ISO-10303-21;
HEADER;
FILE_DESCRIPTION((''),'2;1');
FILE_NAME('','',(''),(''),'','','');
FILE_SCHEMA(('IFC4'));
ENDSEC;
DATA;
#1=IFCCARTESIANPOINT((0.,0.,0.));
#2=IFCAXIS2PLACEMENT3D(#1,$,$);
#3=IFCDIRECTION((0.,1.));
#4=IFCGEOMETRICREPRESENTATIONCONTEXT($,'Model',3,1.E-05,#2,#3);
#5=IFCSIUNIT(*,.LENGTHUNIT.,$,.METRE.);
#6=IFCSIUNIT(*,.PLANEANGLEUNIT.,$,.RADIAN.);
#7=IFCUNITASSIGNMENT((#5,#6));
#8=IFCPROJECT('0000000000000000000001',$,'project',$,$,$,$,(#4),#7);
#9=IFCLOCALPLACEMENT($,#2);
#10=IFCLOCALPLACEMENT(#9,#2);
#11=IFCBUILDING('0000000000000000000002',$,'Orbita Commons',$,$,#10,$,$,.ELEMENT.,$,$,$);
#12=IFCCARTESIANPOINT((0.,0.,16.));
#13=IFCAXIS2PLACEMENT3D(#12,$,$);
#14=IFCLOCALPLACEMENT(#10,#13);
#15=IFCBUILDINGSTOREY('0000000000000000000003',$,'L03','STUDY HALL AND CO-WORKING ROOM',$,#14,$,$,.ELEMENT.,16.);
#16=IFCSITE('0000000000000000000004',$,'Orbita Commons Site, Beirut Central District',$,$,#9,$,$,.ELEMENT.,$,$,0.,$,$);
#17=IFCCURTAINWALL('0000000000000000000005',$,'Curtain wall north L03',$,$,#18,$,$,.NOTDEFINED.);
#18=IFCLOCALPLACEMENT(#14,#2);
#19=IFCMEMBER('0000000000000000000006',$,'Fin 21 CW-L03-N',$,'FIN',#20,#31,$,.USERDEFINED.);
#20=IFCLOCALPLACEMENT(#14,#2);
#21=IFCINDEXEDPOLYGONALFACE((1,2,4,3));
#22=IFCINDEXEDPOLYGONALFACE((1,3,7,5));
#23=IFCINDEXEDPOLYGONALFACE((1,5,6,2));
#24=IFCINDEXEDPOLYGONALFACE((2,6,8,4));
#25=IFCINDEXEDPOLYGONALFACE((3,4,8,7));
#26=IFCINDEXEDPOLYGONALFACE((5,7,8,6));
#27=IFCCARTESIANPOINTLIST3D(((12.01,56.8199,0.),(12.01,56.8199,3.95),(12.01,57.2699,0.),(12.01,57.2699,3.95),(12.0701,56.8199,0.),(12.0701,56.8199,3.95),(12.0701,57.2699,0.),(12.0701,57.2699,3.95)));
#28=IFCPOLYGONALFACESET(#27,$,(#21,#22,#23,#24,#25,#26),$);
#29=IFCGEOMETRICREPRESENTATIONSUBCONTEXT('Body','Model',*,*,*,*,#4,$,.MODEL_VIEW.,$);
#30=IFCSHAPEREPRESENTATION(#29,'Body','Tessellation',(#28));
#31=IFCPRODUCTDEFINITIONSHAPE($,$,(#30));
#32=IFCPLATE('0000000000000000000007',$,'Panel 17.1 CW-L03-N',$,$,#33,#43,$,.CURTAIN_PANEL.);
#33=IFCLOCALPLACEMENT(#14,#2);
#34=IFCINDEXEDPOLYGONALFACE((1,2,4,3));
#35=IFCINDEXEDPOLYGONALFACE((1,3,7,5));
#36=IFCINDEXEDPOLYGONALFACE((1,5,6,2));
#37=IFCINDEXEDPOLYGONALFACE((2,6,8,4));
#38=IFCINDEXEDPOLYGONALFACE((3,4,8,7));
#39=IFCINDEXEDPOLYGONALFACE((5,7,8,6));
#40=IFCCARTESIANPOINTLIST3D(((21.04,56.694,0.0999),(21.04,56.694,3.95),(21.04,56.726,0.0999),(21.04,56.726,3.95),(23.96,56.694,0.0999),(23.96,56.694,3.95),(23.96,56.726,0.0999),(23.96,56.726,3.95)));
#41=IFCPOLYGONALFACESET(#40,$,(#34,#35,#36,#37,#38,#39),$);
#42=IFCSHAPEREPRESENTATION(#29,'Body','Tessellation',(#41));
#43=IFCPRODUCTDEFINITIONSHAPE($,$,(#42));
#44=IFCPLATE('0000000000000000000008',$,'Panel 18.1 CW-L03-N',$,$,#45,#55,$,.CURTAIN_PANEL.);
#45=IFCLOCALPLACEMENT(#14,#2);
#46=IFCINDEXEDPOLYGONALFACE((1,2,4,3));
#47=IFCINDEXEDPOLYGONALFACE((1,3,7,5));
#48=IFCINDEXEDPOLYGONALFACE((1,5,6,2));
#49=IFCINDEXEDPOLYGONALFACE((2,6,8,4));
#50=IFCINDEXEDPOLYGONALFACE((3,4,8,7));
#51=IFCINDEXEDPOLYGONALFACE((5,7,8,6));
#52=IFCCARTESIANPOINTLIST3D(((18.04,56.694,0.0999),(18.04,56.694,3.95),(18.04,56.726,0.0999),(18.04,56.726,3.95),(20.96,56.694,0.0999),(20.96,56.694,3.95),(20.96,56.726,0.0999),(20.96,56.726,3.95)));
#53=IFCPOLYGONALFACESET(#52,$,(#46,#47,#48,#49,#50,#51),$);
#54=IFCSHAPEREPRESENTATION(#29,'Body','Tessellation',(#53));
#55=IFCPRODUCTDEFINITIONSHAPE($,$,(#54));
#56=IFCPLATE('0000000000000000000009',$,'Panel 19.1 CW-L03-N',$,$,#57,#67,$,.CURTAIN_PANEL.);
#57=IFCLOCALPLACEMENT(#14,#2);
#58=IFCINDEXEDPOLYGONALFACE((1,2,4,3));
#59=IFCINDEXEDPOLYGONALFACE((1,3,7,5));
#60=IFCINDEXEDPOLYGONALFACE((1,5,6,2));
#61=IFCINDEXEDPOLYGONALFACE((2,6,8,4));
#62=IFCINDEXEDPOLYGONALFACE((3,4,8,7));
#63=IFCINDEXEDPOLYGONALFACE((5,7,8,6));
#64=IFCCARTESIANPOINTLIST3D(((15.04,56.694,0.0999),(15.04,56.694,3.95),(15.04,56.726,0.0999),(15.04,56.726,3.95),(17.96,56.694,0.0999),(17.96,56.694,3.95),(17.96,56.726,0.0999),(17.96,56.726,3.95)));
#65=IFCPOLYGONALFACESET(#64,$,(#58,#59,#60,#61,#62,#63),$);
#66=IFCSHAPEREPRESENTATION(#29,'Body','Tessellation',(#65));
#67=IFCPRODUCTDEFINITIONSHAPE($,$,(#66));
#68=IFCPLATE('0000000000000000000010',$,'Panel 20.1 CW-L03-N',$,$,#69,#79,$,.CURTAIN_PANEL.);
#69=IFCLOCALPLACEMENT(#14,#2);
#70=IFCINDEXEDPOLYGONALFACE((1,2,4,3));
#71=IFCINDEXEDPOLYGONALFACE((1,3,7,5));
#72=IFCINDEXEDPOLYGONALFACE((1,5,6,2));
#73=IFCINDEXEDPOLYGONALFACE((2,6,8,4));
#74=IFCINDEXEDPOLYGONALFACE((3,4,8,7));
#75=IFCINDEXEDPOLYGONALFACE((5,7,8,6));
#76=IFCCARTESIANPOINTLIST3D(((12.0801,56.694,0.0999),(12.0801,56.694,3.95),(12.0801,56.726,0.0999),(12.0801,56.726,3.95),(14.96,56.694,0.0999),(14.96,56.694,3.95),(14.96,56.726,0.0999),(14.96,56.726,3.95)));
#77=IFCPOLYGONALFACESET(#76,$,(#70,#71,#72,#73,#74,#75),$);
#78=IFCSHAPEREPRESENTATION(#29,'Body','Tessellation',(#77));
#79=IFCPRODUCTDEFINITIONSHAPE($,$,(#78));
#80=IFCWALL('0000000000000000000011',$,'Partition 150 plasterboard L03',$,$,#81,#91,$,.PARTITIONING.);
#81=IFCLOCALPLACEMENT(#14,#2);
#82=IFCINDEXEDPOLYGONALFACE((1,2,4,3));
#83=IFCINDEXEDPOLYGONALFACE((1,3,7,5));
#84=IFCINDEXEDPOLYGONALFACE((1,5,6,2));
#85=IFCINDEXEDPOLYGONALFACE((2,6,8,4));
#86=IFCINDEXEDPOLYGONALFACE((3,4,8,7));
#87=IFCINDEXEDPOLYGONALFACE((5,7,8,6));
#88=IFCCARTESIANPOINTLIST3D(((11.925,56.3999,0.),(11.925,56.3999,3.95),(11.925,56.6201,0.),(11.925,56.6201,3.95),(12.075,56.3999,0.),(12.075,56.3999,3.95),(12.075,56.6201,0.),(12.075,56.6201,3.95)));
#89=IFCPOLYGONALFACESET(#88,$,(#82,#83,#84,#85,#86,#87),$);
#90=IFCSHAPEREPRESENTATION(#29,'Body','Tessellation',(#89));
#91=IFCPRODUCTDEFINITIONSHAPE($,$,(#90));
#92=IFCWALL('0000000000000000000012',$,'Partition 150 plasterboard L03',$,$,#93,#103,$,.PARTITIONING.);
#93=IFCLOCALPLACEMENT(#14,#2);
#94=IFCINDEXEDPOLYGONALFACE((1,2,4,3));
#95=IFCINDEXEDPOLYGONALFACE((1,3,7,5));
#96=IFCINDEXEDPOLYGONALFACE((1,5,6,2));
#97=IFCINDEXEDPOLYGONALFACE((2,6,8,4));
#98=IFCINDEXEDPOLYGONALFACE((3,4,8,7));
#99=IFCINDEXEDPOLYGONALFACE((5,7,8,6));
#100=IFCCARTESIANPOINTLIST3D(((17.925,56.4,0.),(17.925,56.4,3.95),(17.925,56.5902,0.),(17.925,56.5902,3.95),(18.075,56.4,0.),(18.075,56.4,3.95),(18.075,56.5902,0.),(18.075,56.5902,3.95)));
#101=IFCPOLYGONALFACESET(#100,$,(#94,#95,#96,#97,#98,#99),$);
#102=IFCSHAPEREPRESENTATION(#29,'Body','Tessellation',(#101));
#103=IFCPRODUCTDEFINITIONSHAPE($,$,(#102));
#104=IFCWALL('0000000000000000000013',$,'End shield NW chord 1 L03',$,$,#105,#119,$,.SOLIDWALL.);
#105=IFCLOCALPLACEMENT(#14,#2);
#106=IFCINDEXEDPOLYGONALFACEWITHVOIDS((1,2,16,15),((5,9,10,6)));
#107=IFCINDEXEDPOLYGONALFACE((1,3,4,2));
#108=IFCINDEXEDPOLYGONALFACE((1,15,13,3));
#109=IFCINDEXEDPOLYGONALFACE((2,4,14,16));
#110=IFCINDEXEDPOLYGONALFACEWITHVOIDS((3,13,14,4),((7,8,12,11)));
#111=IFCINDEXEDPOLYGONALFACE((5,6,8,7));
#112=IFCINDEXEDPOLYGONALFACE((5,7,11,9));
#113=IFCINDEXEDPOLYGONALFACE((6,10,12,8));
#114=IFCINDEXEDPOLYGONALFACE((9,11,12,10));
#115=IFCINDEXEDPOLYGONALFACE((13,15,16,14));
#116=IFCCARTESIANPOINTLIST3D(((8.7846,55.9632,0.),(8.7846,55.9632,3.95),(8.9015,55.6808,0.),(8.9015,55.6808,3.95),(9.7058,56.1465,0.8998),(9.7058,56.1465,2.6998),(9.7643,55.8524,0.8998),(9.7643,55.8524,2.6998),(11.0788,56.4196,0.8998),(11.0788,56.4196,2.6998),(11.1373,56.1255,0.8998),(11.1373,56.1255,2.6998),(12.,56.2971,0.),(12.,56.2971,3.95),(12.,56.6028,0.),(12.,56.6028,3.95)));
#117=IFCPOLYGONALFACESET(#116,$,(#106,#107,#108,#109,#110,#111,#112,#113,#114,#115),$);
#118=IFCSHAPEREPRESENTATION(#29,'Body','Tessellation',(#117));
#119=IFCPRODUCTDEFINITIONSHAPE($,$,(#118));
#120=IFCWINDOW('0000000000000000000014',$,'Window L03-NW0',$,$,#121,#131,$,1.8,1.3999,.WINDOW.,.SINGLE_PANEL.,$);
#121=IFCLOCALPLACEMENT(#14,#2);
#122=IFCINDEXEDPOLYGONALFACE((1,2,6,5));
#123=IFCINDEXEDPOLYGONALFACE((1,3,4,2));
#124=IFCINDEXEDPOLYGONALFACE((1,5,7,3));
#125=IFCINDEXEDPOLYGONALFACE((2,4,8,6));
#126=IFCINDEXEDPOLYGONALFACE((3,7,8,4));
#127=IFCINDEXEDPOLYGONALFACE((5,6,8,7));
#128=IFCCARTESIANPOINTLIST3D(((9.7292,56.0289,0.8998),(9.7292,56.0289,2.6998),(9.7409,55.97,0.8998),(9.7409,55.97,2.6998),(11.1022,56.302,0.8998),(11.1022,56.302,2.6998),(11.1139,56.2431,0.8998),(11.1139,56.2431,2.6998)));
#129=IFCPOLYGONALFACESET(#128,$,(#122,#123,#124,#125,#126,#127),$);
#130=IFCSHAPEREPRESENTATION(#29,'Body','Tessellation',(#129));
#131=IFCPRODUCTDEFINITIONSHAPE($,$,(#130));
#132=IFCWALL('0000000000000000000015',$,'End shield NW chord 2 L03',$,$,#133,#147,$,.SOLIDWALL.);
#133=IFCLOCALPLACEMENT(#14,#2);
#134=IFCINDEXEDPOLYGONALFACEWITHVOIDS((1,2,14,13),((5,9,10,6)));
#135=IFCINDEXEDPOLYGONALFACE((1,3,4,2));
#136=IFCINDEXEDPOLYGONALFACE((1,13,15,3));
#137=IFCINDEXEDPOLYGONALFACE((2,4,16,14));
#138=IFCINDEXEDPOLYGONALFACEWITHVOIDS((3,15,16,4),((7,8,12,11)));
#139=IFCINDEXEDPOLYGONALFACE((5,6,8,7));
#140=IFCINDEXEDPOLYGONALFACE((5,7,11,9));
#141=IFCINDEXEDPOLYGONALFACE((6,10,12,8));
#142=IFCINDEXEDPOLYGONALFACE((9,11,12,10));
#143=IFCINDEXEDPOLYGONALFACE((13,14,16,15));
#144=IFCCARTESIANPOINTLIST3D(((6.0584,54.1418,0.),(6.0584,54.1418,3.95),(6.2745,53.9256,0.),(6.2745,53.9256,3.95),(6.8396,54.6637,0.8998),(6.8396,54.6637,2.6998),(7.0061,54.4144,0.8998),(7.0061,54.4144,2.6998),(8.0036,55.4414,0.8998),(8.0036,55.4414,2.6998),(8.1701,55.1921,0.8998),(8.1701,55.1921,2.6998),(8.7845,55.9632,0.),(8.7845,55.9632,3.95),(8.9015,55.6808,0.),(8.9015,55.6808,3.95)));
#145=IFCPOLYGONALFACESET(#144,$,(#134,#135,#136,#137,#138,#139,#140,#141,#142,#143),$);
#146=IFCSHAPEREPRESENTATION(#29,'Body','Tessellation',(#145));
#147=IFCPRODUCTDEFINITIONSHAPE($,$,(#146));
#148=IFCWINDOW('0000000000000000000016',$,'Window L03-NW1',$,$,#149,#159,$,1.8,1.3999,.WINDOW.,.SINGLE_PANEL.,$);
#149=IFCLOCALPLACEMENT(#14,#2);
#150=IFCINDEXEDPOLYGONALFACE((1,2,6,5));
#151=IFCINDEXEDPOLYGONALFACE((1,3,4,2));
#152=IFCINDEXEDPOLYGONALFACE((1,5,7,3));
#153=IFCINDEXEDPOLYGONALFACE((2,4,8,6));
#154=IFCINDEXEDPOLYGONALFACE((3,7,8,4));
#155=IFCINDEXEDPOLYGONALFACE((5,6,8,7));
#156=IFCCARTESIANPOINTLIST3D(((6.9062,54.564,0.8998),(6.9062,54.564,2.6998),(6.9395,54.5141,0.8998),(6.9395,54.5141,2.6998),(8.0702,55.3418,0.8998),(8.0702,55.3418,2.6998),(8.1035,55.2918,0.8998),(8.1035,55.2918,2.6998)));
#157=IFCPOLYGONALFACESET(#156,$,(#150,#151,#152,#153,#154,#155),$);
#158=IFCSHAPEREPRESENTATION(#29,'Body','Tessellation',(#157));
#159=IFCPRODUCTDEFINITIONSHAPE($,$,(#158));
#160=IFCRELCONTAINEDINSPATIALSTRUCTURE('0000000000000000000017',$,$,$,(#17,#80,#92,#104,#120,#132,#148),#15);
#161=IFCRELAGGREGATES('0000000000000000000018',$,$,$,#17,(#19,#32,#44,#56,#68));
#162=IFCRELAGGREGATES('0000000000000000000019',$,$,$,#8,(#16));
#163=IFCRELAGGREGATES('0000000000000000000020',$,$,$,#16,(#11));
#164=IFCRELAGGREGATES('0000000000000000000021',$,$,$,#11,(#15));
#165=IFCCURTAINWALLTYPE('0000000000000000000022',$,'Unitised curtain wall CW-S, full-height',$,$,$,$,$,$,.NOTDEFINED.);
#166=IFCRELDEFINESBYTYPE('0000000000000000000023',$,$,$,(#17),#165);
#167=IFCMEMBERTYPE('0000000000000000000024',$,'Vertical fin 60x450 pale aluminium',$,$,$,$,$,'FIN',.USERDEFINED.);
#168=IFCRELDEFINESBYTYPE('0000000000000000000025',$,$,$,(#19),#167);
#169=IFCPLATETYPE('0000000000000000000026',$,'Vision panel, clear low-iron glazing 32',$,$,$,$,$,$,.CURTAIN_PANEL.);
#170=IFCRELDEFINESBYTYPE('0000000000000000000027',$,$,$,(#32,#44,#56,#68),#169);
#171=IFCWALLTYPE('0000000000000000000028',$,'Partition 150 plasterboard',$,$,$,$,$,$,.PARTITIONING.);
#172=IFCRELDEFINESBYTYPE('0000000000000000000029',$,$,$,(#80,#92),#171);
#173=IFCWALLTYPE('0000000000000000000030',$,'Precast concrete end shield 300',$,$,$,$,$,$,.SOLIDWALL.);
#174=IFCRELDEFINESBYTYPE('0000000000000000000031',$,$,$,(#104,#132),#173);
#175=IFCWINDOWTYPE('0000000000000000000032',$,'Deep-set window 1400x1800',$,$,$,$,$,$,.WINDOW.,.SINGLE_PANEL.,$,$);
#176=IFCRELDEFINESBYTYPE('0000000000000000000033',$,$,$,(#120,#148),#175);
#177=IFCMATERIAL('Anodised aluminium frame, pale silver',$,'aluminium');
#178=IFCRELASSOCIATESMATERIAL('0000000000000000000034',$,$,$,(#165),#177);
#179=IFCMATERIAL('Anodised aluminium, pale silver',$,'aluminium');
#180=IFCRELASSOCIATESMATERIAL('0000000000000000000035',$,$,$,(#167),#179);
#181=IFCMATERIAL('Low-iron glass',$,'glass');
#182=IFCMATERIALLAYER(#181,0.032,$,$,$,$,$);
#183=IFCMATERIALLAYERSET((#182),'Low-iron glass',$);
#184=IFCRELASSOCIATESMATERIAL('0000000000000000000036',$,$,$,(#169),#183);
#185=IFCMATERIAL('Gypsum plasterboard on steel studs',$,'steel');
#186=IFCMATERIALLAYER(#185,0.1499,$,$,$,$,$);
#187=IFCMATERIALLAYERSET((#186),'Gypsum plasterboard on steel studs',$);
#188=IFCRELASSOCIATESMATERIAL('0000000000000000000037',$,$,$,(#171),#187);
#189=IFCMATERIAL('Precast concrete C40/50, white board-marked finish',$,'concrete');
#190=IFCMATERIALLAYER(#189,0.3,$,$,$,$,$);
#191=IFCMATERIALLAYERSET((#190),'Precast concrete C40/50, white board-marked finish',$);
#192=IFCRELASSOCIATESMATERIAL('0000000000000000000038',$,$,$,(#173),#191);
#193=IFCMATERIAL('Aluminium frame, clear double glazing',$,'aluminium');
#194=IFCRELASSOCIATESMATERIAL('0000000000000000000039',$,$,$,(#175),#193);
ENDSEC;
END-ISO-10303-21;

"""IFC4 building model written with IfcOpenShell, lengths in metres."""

from ifc_helpers import new_model, si_unit, direction, frame, frame_2d, origin, origin_2d, place, context, subcontext, project, spatial, polyline, rectangle, outline, extrude, material, layer, layer_set, material_profile, profile_set, type_object, element, fill, aggregate, save


model = new_model("IFC4")

# Units and contexts
model_context = context("Model", 3, precision=1e-05, world=origin(), true_north=direction((0.0, 1.0)))
body_context = subcontext(model_context, "Body", "Model", "MODEL_VIEW")
ifc_project = project(units=[si_unit("LENGTHUNIT", "METRE"), si_unit("PLANEANGLEUNIT", "RADIAN")], contexts=[model_context])

# Site, building, storey
site_placement = place(None, origin())
site = spatial("IfcSite", under=ifc_project, at=site_placement, Name="Orbita Commons Site, Beirut Central District", CompositionType="ELEMENT", RefElevation=0.0)
building_placement = place(site_placement, origin())
building = spatial("IfcBuilding", under=site, at=building_placement, Name="Orbita Commons", CompositionType="ELEMENT")
storey_placement = place(building_placement, frame((0.0, 0.0, 16.0)))
storey = spatial("IfcBuildingStorey", under=building, at=storey_placement, Name="L03", Description="STUDY HALL AND CO-WORKING ROOM", CompositionType="ELEMENT", Elevation=16.0)

# Curtain wall
ifc_material_1 = material(Name="Anodised aluminium frame, pale silver", Category="aluminium")
curtain_wall_type = type_object("IfcCurtainWallType", Name="Unitised curtain wall CW-S, full-height", PredefinedType="NOTDEFINED", material=ifc_material_1)
curtain_wall_placement = place(storey_placement, origin())
curtain_wall = element("IfcCurtainWall", 1, at=curtain_wall_placement, inside=storey, type_object=curtain_wall_type, Name="Curtain wall north L03", PredefinedType="NOTDEFINED")

# Member
ifc_material_2 = material(Name="Anodised aluminium, pale silver", Category="aluminium")
ifc_material_profile_1 = material_profile(ifc_material_2, rectangle(XDim=0.0601, YDim=0.45, at=origin_2d()), Name="FIN 60x450")
ifc_profile_set_1 = profile_set([ifc_material_profile_1], Name="Anodised aluminium, pale silver")
member_type_1 = type_object("IfcMemberType", Name="Vertical fin 60x450 pale aluminium", ElementType="FIN", PredefinedType="USERDEFINED", material=ifc_profile_set_1)
member_1_placement = place(storey_placement, frame((12.04, 57.0449, 0.0), z_axis=(0.0, 0.0, 1.0), x_axis=(-1.0, 0.0, 0.0)))
member_1 = element("IfcMember", 2, at=member_1_placement, type_object=member_type_1, Name="Fin 21 CW-L03-N", ObjectType="FIN", PredefinedType="USERDEFINED", context=body_context, shape_type="SweptSolid", body=[
    extrude(rectangle(XDim=0.0601, YDim=0.45, at=origin_2d()), origin(), (0.0, 0.0, 1.0), 3.95),
])

# Plates
ifc_material_3 = material(Name="Low-iron glass", Category="glass")
ifc_layer_1 = layer(ifc_material_3, 0.032)
ifc_layer_set_1 = layer_set([ifc_layer_1], Name="Low-iron glass")
plate_type = type_object("IfcPlateType", Name="Vision panel, clear low-iron glazing 32", PredefinedType="CURTAIN_PANEL", material=ifc_layer_set_1)
plate_1_placement = place(storey_placement, frame((22.5, 56.71, 0.0999), z_axis=(0.0, 0.0, 1.0), x_axis=(-1.0, 0.0, 0.0)))
plate_1 = element("IfcPlate", 3, at=plate_1_placement, type_object=plate_type, Name="Panel 17.1 CW-L03-N", PredefinedType="CURTAIN_PANEL", context=body_context, shape_type="SweptSolid", body=[
    extrude(rectangle(XDim=2.9199, YDim=0.032, at=origin_2d()), origin(), (0.0, 0.0, 1.0), 3.8501),
])
plate_2_placement = place(storey_placement, frame((19.5, 56.71, 0.0999), z_axis=(0.0, 0.0, 1.0), x_axis=(-1.0, 0.0, 0.0)))
plate_2 = element("IfcPlate", 4, at=plate_2_placement, type_object=plate_type, Name="Panel 18.1 CW-L03-N", PredefinedType="CURTAIN_PANEL", context=body_context, shape_type="SweptSolid", body=[
    extrude(rectangle(XDim=2.9199, YDim=0.032, at=origin_2d()), origin(), (0.0, 0.0, 1.0), 3.8501),
])
plate_3_placement = place(storey_placement, frame((16.5, 56.71, 0.0999), z_axis=(0.0, 0.0, 1.0), x_axis=(-1.0, 0.0, 0.0)))
plate_3 = element("IfcPlate", 5, at=plate_3_placement, type_object=plate_type, Name="Panel 19.1 CW-L03-N", PredefinedType="CURTAIN_PANEL", context=body_context, shape_type="SweptSolid", body=[
    extrude(rectangle(XDim=2.9199, YDim=0.032, at=origin_2d()), origin(), (0.0, 0.0, 1.0), 3.8501),
])
plate_4_placement = place(storey_placement, frame((13.52, 56.71, 0.0999), z_axis=(0.0, 0.0, 1.0), x_axis=(-1.0, 0.0, 0.0)))
plate_4 = element("IfcPlate", 6, at=plate_4_placement, type_object=plate_type, Name="Panel 20.1 CW-L03-N", PredefinedType="CURTAIN_PANEL", context=body_context, shape_type="SweptSolid", body=[
    extrude(rectangle(XDim=2.8799, YDim=0.032, at=origin_2d()), origin(), (0.0, 0.0, 1.0), 3.8501),
])
aggregate(curtain_wall, [member_1, plate_1, plate_2, plate_3, plate_4])

# Walls
ifc_material_4 = material(Name="Gypsum plasterboard on steel studs", Category="steel")
ifc_layer_2 = layer(ifc_material_4, 0.1499)
ifc_layer_set_2 = layer_set([ifc_layer_2], Name="Gypsum plasterboard on steel studs")
wall_type_1 = type_object("IfcWallType", Name="Partition 150 plasterboard", PredefinedType="PARTITIONING", material=ifc_layer_set_2)
wall_1_placement = place(storey_placement, frame((12.0, 56.3999, 0.0), z_axis=(0.0, 0.0, 1.0), x_axis=(0.0, 1.0, 0.0)))
element("IfcWall", 7, at=wall_1_placement, inside=storey, type_object=wall_type_1, Name="Partition 150 plasterboard L03", PredefinedType="PARTITIONING", context=body_context, shape_type="SweptSolid", body=[
    extrude(rectangle(XDim=0.2202, YDim=0.1499, at=frame_2d((0.1101, 0.0))), origin(), (0.0, 0.0, 1.0), 3.95),
])
wall_2_placement = place(storey_placement, frame((18.0, 56.3999, 0.0), z_axis=(0.0, 0.0, 1.0), x_axis=(0.0, 1.0, 0.0)))
element("IfcWall", 8, at=wall_2_placement, inside=storey, type_object=wall_type_1, Name="Partition 150 plasterboard L03", PredefinedType="PARTITIONING", context=body_context, shape_type="SweptSolid", body=[
    extrude(rectangle(XDim=0.1902, YDim=0.1499, at=frame_2d((0.0952, 0.0))), origin(), (0.0, 0.0, 1.0), 3.95),
])

# Walls, openings, windows
ifc_material_5 = material(Name="Precast concrete C40/50, white board-marked finish", Category="concrete")
ifc_layer_3 = layer(ifc_material_5, 0.3)
ifc_layer_set_3 = layer_set([ifc_layer_3], Name="Precast concrete C40/50, white board-marked finish")
wall_type_2 = type_object("IfcWallType", Name="Precast concrete end shield 300", PredefinedType="SOLIDWALL", material=ifc_layer_set_3)
wall_3_placement = place(storey_placement, frame((12.0, 56.45, 0.0), z_axis=(0.0, 0.0, 1.0), x_axis=(-0.980787, -0.19508, 0.0)))
wall_3 = element("IfcWall", 9, at=wall_3_placement, inside=storey, type_object=wall_type_2, Name="End shield NW chord 1 L03", PredefinedType="SOLIDWALL", context=body_context, shape_type="SweptSolid", body=[
    extrude(outline(polyline([(-0.0298, -0.1499), (3.2485, -0.1499), (3.189, 0.1499), (0.0298, 0.1499), (-0.0298, -0.1499)])), origin(), (0.0, 0.0, 1.0), 3.95),
])
opening_1_placement = place(wall_3_placement, frame((0.9094, 0.0, 0.8999)))
opening_1 = element("IfcOpeningElement", 10, at=opening_1_placement, cuts=wall_3, PredefinedType="OPENING", context=body_context, shape_type="SweptSolid", body=[
    extrude(rectangle(XDim=1.3999, YDim=1.8, at=frame_2d((0.7, 0.8999))), frame((0.0, 0.1599, 0.0), z_axis=(0.0, -1.0, 0.0), x_axis=(1.0, 0.0, 0.0)), (0.0, 0.0, 1.0), 0.3201),
])
ifc_material_6 = material(Name="Aluminium frame, clear double glazing", Category="aluminium")
window_type = type_object("IfcWindowType", Name="Deep-set window 1400x1800", PartitioningType="SINGLE_PANEL", PredefinedType="WINDOW", material=ifc_material_6)
window_1_placement = place(opening_1_placement, origin())
window_1 = element("IfcWindow", 11, at=window_1_placement, inside=storey, type_object=window_type, Name="Window L03-NW0", OverallHeight=1.8, OverallWidth=1.3999, PartitioningType="SINGLE_PANEL", PredefinedType="WINDOW", context=body_context, shape_type="SweptSolid", body=[
    extrude(rectangle(XDim=1.3999, YDim=1.8, at=frame_2d((0.7, 0.8999))), frame((0.0, 0.03, 0.0), z_axis=(0.0, -1.0, 0.0), x_axis=(1.0, 0.0, 0.0)), (0.0, 0.0, 1.0), 0.0601),
])
fill(opening_1, window_1)
wall_4_placement = place(storey_placement, frame((8.843, 55.822, 0.0), z_axis=(0.0, 0.0, 1.0), x_axis=(-0.831478, -0.555558, 0.0)))
wall_4 = element("IfcWall", 12, at=wall_4_placement, inside=storey, type_object=wall_type_2, Name="End shield NW chord 2 L03", PredefinedType="SOLIDWALL", context=body_context, shape_type="SweptSolid", body=[
    extrude(outline(polyline([(-0.0298, -0.1499), (3.2488, -0.1499), (3.1892, 0.1499), (0.0298, 0.1499), (-0.0298, -0.1499)])), origin(), (0.0, 0.0, 1.0), 3.95),
])
opening_2_placement = place(wall_4_placement, frame((0.9094, 0.0, 0.8999)))
opening_2 = element("IfcOpeningElement", 13, at=opening_2_placement, cuts=wall_4, PredefinedType="OPENING", context=body_context, shape_type="SweptSolid", body=[
    extrude(rectangle(XDim=1.3999, YDim=1.8, at=frame_2d((0.7, 0.8999))), frame((0.0, 0.1599, 0.0), z_axis=(0.0, -1.0, 0.0), x_axis=(1.0, 0.0, 0.0)), (0.0, 0.0, 1.0), 0.3201),
])
window_2_placement = place(opening_2_placement, origin())
window_2 = element("IfcWindow", 14, at=window_2_placement, inside=storey, type_object=window_type, Name="Window L03-NW1", OverallHeight=1.8, OverallWidth=1.3999, PartitioningType="SINGLE_PANEL", PredefinedType="WINDOW", context=body_context, shape_type="SweptSolid", body=[
    extrude(rectangle(XDim=1.3999, YDim=1.8, at=frame_2d((0.7, 0.8999))), frame((0.0, 0.03, 0.0), z_axis=(0.0, -1.0, 0.0), x_axis=(1.0, 0.0, 0.0)), (0.0, 0.0, 1.0), 0.0601),
])
fill(opening_2, window_2)

save(model, "model.ifc")
